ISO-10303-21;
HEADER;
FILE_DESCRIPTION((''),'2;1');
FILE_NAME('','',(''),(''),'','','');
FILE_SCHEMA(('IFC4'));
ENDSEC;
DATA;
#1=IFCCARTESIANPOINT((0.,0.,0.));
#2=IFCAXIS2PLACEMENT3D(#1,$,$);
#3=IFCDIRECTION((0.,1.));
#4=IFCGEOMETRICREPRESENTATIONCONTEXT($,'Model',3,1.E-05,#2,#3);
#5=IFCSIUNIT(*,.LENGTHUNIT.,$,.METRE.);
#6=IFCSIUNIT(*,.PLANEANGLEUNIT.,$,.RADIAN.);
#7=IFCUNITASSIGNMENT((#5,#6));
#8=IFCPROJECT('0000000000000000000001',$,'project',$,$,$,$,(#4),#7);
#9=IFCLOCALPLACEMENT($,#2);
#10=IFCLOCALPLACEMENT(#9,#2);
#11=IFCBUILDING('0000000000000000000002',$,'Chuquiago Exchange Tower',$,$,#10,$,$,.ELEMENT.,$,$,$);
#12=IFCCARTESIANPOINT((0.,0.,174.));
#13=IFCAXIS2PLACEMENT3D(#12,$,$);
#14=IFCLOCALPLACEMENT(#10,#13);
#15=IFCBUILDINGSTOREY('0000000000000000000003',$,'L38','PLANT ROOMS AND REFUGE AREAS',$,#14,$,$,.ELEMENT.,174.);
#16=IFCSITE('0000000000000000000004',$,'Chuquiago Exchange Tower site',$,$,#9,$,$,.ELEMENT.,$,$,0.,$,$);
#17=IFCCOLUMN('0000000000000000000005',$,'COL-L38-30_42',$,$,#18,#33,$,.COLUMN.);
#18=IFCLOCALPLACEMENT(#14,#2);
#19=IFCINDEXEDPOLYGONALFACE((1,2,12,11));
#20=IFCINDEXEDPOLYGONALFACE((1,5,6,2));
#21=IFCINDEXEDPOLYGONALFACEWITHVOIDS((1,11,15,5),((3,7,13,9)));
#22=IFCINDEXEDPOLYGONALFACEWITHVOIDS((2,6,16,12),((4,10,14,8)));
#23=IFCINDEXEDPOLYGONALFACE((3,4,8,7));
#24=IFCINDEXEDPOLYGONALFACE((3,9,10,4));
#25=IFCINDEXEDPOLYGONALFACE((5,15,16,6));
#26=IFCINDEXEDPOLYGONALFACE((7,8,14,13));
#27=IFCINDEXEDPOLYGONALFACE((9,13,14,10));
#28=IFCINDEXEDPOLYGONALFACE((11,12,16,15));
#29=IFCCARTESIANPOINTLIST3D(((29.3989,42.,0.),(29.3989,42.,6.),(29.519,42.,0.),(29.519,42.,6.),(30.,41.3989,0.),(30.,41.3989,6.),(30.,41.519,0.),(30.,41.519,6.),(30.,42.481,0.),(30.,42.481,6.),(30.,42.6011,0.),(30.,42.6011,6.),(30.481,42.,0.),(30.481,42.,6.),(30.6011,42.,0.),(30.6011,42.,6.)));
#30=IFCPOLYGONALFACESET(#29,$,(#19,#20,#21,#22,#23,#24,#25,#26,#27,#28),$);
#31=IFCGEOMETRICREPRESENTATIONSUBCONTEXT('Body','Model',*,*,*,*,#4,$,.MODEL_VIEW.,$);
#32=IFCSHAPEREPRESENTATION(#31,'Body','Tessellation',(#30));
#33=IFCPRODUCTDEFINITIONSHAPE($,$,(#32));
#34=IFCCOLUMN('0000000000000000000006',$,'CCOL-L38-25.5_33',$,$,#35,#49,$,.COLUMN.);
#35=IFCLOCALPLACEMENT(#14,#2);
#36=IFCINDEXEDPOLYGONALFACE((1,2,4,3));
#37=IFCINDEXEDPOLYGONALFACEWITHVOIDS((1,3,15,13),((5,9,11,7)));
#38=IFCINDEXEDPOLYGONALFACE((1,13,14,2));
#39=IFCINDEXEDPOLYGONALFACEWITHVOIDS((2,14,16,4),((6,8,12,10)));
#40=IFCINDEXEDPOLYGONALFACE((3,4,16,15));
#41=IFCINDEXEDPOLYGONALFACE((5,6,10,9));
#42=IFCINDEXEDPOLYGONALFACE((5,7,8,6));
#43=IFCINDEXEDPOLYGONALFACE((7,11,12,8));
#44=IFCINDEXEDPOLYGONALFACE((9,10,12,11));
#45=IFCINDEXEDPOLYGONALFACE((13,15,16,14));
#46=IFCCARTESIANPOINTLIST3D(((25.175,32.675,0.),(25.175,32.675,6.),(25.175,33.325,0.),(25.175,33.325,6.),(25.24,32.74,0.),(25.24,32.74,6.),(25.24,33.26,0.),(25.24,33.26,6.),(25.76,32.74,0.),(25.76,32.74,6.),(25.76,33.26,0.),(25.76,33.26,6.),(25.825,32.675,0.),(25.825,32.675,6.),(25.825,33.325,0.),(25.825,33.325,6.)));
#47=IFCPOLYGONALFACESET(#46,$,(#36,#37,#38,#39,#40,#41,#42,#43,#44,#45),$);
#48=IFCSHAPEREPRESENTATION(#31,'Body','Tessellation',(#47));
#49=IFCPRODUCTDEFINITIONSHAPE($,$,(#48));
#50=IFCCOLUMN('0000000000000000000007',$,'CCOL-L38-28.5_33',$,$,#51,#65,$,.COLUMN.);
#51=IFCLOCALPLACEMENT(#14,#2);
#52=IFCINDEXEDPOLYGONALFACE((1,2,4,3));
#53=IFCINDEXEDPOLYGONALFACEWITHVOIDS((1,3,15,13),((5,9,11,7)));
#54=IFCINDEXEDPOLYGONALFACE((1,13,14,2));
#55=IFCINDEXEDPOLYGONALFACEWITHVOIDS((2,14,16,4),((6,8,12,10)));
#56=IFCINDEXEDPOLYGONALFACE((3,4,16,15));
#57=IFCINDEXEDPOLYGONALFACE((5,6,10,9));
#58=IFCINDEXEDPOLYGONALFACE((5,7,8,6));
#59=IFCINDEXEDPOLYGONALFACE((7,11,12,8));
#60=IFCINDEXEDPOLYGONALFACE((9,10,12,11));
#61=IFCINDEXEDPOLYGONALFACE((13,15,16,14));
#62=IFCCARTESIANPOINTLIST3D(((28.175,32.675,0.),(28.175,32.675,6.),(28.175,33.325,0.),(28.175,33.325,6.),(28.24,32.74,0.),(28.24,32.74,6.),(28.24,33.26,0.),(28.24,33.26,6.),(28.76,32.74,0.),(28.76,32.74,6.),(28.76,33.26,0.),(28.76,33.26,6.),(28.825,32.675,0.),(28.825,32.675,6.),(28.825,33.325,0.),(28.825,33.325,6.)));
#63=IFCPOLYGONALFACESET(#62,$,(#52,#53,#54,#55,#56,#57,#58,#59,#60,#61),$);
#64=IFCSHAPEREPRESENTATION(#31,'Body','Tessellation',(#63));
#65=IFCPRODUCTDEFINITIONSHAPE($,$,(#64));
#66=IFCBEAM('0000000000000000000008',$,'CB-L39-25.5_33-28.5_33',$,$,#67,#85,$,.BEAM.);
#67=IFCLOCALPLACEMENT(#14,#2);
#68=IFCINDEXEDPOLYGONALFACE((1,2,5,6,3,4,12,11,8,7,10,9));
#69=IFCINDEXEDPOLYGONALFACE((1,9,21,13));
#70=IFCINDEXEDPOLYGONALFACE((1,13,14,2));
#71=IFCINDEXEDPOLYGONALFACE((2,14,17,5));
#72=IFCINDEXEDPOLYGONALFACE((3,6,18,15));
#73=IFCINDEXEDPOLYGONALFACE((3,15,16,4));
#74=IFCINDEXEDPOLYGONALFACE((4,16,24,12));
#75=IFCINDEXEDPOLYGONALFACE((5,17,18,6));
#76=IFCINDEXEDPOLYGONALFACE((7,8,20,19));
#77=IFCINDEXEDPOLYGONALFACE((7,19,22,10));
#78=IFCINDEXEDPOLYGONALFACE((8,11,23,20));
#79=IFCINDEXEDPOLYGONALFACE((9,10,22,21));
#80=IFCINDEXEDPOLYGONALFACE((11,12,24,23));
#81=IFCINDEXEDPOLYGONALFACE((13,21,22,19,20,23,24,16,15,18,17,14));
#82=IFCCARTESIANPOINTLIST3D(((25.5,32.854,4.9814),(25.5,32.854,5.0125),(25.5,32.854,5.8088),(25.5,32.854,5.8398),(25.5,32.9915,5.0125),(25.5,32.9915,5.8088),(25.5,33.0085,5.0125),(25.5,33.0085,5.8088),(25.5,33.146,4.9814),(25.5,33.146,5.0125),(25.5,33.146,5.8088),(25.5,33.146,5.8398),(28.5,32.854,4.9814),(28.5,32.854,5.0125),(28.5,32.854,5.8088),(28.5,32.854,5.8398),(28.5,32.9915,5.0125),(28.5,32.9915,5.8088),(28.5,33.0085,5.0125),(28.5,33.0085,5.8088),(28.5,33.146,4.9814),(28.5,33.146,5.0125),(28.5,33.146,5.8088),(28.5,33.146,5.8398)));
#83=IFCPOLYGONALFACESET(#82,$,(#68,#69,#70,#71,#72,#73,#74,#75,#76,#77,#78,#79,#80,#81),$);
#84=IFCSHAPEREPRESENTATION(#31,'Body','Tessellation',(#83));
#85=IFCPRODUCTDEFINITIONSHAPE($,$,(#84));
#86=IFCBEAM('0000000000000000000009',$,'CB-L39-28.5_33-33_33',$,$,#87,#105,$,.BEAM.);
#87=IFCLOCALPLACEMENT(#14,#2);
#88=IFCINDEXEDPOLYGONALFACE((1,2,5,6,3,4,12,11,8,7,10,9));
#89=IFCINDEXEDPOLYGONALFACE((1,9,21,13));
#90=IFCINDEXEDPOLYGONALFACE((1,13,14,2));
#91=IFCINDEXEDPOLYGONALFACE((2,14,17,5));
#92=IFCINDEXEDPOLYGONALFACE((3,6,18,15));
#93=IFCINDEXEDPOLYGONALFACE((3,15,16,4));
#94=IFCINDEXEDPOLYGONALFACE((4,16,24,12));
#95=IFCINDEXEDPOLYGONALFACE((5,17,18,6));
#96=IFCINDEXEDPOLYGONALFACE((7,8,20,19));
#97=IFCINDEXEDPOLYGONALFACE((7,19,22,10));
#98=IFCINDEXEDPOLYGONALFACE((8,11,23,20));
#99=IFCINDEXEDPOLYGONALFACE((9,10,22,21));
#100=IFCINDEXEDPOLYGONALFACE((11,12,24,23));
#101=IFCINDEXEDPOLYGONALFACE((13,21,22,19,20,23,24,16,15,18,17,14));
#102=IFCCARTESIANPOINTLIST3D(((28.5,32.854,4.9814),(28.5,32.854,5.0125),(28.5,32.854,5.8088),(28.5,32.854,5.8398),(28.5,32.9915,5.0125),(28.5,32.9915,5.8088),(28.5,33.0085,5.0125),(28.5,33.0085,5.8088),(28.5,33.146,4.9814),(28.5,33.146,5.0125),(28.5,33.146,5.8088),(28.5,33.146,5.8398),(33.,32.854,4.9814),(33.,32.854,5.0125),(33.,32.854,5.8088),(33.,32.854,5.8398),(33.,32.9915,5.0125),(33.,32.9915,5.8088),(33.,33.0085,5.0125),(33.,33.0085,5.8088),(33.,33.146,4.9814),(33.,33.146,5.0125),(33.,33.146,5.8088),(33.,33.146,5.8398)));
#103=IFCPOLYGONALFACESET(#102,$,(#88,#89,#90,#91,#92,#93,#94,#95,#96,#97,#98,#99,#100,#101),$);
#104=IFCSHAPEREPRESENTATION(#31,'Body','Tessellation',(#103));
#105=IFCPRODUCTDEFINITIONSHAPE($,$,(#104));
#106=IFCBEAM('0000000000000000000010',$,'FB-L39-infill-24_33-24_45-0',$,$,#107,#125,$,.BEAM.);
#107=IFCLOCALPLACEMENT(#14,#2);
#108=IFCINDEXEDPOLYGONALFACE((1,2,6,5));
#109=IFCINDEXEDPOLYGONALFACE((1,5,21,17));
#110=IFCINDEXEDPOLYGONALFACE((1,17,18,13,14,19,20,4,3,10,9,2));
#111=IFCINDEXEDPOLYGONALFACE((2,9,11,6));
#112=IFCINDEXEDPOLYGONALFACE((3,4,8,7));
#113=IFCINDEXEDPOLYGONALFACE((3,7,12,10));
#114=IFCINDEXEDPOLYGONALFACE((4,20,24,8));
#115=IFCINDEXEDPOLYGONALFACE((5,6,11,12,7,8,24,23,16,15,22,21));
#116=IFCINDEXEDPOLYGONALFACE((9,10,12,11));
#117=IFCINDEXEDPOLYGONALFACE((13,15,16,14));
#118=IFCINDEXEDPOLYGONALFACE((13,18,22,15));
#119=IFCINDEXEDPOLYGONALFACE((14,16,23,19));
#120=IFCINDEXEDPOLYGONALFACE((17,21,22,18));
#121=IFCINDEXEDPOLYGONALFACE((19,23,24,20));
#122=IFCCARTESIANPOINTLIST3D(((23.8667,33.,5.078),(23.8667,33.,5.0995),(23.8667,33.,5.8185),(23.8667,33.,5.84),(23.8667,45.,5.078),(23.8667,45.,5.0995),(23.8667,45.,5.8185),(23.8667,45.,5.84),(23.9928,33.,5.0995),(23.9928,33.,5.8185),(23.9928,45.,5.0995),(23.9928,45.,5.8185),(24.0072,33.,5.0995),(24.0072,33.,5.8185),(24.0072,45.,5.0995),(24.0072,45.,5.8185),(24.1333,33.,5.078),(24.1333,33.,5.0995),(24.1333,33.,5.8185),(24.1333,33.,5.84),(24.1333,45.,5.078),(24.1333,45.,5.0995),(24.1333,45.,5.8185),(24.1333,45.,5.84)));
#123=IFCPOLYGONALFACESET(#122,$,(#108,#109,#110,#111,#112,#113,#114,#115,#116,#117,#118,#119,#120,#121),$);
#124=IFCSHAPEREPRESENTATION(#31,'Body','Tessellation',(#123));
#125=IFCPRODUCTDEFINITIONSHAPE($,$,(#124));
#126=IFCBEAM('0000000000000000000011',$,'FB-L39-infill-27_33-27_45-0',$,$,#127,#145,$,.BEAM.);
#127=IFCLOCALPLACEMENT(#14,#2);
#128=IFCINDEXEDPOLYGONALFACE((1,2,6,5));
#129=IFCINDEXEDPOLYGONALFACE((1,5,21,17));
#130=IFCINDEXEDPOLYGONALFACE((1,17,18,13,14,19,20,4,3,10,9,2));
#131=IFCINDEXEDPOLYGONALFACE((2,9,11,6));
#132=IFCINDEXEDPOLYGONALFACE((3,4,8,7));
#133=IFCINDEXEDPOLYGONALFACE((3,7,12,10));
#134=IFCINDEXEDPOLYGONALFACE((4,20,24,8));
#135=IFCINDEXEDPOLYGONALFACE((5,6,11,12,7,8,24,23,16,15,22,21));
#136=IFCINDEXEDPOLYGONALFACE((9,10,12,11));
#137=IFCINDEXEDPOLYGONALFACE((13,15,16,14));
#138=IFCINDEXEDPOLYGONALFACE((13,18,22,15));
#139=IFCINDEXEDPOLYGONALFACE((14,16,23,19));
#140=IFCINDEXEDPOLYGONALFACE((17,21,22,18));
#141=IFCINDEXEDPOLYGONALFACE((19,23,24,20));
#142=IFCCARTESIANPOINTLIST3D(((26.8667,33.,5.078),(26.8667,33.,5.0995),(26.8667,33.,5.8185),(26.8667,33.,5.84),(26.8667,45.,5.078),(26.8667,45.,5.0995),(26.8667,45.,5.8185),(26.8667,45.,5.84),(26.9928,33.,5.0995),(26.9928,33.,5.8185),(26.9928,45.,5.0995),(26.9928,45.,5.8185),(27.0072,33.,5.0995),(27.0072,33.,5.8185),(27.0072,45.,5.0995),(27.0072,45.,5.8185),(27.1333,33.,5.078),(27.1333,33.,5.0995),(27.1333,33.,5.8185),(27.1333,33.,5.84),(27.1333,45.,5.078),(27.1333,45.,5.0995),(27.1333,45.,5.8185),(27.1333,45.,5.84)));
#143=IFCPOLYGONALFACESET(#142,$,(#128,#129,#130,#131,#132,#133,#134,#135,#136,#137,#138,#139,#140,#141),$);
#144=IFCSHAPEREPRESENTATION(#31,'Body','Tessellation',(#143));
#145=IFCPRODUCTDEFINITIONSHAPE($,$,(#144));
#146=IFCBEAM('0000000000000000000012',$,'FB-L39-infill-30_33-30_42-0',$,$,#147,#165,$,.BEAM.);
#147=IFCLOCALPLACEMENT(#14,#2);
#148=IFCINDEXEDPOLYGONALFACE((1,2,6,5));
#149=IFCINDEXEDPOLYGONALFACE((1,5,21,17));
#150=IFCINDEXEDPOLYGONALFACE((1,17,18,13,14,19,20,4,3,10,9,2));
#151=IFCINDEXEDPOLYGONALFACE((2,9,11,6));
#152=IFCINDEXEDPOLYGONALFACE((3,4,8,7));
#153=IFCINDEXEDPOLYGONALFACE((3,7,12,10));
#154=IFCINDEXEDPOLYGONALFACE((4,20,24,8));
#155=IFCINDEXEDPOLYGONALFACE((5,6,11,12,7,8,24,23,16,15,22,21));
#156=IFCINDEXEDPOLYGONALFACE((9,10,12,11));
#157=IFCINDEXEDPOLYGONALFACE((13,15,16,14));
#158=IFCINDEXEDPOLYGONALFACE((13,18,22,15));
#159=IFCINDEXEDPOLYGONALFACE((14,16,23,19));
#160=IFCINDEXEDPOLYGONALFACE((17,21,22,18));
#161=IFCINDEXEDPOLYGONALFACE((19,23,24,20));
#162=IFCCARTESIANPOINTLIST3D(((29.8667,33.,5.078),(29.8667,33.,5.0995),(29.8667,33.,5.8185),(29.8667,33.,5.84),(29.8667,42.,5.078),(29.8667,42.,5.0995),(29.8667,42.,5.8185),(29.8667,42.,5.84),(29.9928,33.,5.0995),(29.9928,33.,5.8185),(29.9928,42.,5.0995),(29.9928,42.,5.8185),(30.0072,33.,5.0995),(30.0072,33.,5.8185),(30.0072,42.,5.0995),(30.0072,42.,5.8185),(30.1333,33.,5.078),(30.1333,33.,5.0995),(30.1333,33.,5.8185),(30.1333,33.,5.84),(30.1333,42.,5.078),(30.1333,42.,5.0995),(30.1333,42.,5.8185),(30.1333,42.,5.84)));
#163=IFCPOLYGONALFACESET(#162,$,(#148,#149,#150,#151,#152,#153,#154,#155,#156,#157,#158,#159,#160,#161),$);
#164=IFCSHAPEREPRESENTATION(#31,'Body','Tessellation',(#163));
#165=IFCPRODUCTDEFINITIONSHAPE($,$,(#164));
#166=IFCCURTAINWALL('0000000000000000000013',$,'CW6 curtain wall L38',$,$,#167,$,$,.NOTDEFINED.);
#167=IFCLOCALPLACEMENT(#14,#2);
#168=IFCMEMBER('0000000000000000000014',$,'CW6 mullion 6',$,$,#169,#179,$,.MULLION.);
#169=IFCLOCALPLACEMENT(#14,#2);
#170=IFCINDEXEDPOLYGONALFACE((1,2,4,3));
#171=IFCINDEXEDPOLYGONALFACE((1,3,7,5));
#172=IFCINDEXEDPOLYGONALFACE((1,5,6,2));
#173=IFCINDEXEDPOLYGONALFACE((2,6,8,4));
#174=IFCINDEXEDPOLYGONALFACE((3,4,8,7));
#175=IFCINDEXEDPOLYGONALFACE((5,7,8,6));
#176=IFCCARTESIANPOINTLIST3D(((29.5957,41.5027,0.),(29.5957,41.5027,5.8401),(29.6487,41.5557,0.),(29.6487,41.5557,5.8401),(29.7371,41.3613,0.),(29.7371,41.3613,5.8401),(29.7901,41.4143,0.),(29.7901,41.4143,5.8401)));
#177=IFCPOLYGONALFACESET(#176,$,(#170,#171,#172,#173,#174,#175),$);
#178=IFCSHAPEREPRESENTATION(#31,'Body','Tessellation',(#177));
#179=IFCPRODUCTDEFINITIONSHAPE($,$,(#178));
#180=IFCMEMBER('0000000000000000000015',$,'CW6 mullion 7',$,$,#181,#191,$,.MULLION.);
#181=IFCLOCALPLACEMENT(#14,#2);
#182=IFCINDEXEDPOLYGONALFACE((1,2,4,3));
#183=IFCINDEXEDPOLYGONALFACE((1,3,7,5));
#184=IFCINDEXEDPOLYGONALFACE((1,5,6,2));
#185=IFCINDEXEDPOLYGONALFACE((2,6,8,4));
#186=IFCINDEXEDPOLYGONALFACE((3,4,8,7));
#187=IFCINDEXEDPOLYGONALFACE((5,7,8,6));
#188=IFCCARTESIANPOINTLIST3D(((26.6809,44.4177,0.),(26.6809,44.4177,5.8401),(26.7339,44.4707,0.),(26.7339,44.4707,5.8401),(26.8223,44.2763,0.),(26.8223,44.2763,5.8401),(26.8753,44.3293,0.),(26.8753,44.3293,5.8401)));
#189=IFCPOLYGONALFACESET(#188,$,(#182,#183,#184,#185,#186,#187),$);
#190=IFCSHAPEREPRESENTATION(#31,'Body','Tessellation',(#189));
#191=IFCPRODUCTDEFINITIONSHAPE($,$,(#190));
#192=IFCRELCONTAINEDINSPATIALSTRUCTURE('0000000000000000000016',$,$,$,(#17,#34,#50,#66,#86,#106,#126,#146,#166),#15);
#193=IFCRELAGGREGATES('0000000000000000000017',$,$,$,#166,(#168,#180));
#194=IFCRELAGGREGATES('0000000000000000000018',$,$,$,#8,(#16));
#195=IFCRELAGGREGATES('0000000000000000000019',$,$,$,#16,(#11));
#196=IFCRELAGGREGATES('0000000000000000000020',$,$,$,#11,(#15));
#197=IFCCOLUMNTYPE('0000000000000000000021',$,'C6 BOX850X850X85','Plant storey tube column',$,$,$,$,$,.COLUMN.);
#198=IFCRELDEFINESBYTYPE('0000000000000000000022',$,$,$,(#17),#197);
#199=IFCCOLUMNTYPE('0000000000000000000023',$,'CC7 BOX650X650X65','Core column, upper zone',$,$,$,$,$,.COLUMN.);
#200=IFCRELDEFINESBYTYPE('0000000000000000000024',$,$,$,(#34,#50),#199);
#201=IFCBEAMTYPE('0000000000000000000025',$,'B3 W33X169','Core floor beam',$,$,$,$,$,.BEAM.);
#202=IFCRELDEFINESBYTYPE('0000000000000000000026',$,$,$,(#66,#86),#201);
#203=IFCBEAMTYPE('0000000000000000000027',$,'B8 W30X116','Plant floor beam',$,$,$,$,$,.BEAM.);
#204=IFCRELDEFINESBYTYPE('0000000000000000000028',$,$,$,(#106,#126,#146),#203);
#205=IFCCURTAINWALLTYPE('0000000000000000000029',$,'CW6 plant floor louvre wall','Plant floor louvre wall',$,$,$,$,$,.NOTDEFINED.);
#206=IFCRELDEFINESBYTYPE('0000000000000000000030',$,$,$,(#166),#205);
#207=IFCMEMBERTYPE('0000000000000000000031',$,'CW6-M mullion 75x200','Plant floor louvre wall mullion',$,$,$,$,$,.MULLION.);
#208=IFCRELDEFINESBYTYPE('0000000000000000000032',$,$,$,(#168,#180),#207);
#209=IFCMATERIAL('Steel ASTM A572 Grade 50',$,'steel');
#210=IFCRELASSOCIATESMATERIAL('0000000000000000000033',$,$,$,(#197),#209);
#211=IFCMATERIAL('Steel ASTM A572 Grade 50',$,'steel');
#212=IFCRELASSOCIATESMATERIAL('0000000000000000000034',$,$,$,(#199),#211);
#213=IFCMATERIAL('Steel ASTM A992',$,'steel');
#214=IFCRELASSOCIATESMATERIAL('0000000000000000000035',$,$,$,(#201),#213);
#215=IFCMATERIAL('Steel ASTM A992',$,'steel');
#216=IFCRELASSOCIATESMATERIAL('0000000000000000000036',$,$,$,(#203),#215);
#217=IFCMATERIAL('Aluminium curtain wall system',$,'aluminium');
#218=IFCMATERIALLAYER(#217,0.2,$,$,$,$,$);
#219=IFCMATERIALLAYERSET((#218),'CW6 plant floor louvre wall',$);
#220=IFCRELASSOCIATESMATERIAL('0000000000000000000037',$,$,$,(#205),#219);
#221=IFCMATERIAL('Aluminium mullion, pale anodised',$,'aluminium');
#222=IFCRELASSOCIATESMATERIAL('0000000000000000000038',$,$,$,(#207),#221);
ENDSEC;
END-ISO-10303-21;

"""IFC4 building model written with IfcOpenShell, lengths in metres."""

from ifc_helpers import new_model, si_unit, direction, frame, origin, origin_2d, place, context, subcontext, project, spatial, rectangle, hollow_rectangle, i_section, extrude, material, layer, layer_set, material_profile, profile_set, type_object, element, aggregate, save


model = new_model("IFC4")

# Units and contexts
model_context = context("Model", 3, precision=1e-05, world=origin(), true_north=direction((0.0, 1.0)))
body_context = subcontext(model_context, "Body", "Model", "MODEL_VIEW")
ifc_project = project(units=[si_unit("LENGTHUNIT", "METRE"), si_unit("PLANEANGLEUNIT", "RADIAN")], contexts=[model_context])

# Site, building, storey
site_placement = place(None, origin())
site = spatial("IfcSite", under=ifc_project, at=site_placement, Name="Chuquiago Exchange Tower site", CompositionType="ELEMENT", RefElevation=0.0)
building_placement = place(site_placement, origin())
building = spatial("IfcBuilding", under=site, at=building_placement, Name="Chuquiago Exchange Tower", CompositionType="ELEMENT")
storey_placement = place(building_placement, frame((0.0, 0.0, 174.0)))
storey = spatial("IfcBuildingStorey", under=building, at=storey_placement, Name="L38", Description="PLANT ROOMS AND REFUGE AREAS", CompositionType="ELEMENT", Elevation=174.0)

# Columns
ifc_material_1 = material(Name="Steel ASTM A572 Grade 50", Category="steel")
ifc_material_profile_1 = material_profile(ifc_material_1, hollow_rectangle(XDim=0.8501, YDim=0.8501, WallThickness=0.085, at=origin_2d()), Name="BOX850X850X85")
ifc_profile_set_1 = profile_set([ifc_material_profile_1], Name="Steel ASTM A572 Grade 50")
column_type_1 = type_object("IfcColumnType", Name="C6 BOX850X850X85", Description="Plant storey tube column", PredefinedType="COLUMN", material=ifc_profile_set_1)
column_placement = place(storey_placement, frame((30.0, 42.0, 0.0), z_axis=(0.0, 0.0, 1.0), x_axis=(0.707107, 0.707107, 0.0)))
element("IfcColumn", 1, at=column_placement, inside=storey, type_object=column_type_1, Name="COL-L38-30_42", PredefinedType="COLUMN", context=body_context, shape_type="SweptSolid", body=[
    extrude(hollow_rectangle(XDim=0.8501, YDim=0.8501, WallThickness=0.085, at=origin_2d()), origin(), (0.0, 0.0, 1.0), 6.0),
])
ifc_material_2 = material(Name="Steel ASTM A572 Grade 50", Category="steel")
ifc_material_profile_2 = material_profile(ifc_material_2, hollow_rectangle(XDim=0.6499, YDim=0.6499, WallThickness=0.0649, at=origin_2d()), Name="BOX650X650X65")
ifc_profile_set_2 = profile_set([ifc_material_profile_2], Name="Steel ASTM A572 Grade 50")
column_type_2 = type_object("IfcColumnType", Name="CC7 BOX650X650X65", Description="Core column, upper zone", PredefinedType="COLUMN", material=ifc_profile_set_2)
for number, where, z_axis, x_axis, name in (
    (2, (25.5, 33.0, 0.0), (0.0, 0.0, 1.0), (1.0, 0.0, 0.0), "CCOL-L38-25.5_33"),
    (3, (28.5, 33.0, 0.0), (0.0, 0.0, 1.0), (1.0, 0.0, 0.0), "CCOL-L38-28.5_33"),
):
    element("IfcColumn", number, at=place(storey_placement, frame(where, z_axis=z_axis, x_axis=x_axis)), inside=storey, type_object=column_type_2, Name=name, PredefinedType="COLUMN", context=body_context, shape_type="SweptSolid", body=[
        extrude(hollow_rectangle(XDim=0.6499, YDim=0.6499, WallThickness=0.0649, at=origin_2d()), origin(), (0.0, 0.0, 1.0), 6.0),
    ])

# Beams
ifc_material_3 = material(Name="Steel ASTM A992", Category="steel")
ifc_material_profile_3 = material_profile(ifc_material_3, i_section(OverallWidth=0.292, OverallDepth=0.8584, WebThickness=0.0171, FlangeThickness=0.031, at=origin_2d()), Name="W33X169")
ifc_profile_set_3 = profile_set([ifc_material_profile_3], Name="Steel ASTM A992")
beam_type_1 = type_object("IfcBeamType", Name="B3 W33X169", Description="Core floor beam", PredefinedType="BEAM", material=ifc_profile_set_3)
beam_1_placement = place(storey_placement, frame((25.5, 33.0, 5.4106), z_axis=(1.0, 0.0, 0.0), x_axis=(0.0, 1.0, 0.0)))
element("IfcBeam", 4, at=beam_1_placement, inside=storey, type_object=beam_type_1, Name="CB-L39-25.5_33-28.5_33", PredefinedType="BEAM", context=body_context, shape_type="SweptSolid", body=[
    extrude(i_section(OverallWidth=0.292, OverallDepth=0.8584, WebThickness=0.0171, FlangeThickness=0.031, at=origin_2d()), origin(), (0.0, 0.0, 1.0), 3.0),
])
beam_2_placement = place(storey_placement, frame((28.5, 33.0, 5.4106), z_axis=(1.0, 0.0, 0.0), x_axis=(0.0, 1.0, 0.0)))
element("IfcBeam", 5, at=beam_2_placement, inside=storey, type_object=beam_type_1, Name="CB-L39-28.5_33-33_33", PredefinedType="BEAM", context=body_context, shape_type="SweptSolid", body=[
    extrude(i_section(OverallWidth=0.292, OverallDepth=0.8584, WebThickness=0.0171, FlangeThickness=0.031, at=origin_2d()), origin(), (0.0, 0.0, 1.0), 4.5),
])
ifc_material_4 = material(Name="Steel ASTM A992", Category="steel")
ifc_material_profile_4 = material_profile(ifc_material_4, i_section(OverallWidth=0.2666, OverallDepth=0.762, WebThickness=0.0144, FlangeThickness=0.0215, at=origin_2d()), Name="W30X116")
ifc_profile_set_4 = profile_set([ifc_material_profile_4], Name="Steel ASTM A992")
beam_type_2 = type_object("IfcBeamType", Name="B8 W30X116", Description="Plant floor beam", PredefinedType="BEAM", material=ifc_profile_set_4)
for number, where, z_axis, x_axis, name in (
    (6, (24.0, 33.0, 5.459), (0.0, 1.0, 0.0), (-1.0, 0.0, 0.0), "FB-L39-infill-24_33-24_45-0"),
    (7, (27.0, 33.0, 5.459), (0.0, 1.0, 0.0), (-1.0, 0.0, 0.0), "FB-L39-infill-27_33-27_45-0"),
):
    element("IfcBeam", number, at=place(storey_placement, frame(where, z_axis=z_axis, x_axis=x_axis)), inside=storey, type_object=beam_type_2, Name=name, PredefinedType="BEAM", context=body_context, shape_type="SweptSolid", body=[
        extrude(i_section(OverallWidth=0.2666, OverallDepth=0.762, WebThickness=0.0144, FlangeThickness=0.0215, at=origin_2d()), origin(), (0.0, 0.0, 1.0), 12.0),
    ])
beam_3_placement = place(storey_placement, frame((30.0, 33.0, 5.459), z_axis=(0.0, 1.0, 0.0), x_axis=(-1.0, 0.0, 0.0)))
element("IfcBeam", 8, at=beam_3_placement, inside=storey, type_object=beam_type_2, Name="FB-L39-infill-30_33-30_42-0", PredefinedType="BEAM", context=body_context, shape_type="SweptSolid", body=[
    extrude(i_section(OverallWidth=0.2666, OverallDepth=0.762, WebThickness=0.0144, FlangeThickness=0.0215, at=origin_2d()), origin(), (0.0, 0.0, 1.0), 9.0),
])

# Curtain wall, members
ifc_material_5 = material(Name="Aluminium curtain wall system", Category="aluminium")
ifc_layer_1 = layer(ifc_material_5, 0.2)
ifc_layer_set_1 = layer_set([ifc_layer_1], Name="CW6 plant floor louvre wall")
curtain_wall_type = type_object("IfcCurtainWallType", Name="CW6 plant floor louvre wall", Description="Plant floor louvre wall", PredefinedType="NOTDEFINED", material=ifc_layer_set_1)
curtain_wall_placement = place(storey_placement, origin())
curtain_wall = element("IfcCurtainWall", 9, at=curtain_wall_placement, inside=storey, type_object=curtain_wall_type, Name="CW6 curtain wall L38", PredefinedType="NOTDEFINED")
ifc_material_6 = material(Name="Aluminium mullion, pale anodised", Category="aluminium")
ifc_material_profile_5 = material_profile(ifc_material_6, rectangle(XDim=0.075, YDim=0.2, at=origin_2d()), Name="AL 75x200")
ifc_profile_set_5 = profile_set([ifc_material_profile_5], Name="Aluminium mullion, pale anodised")
member_type_1 = type_object("IfcMemberType", Name="CW6-M mullion 75x200", Description="Plant floor louvre wall mullion", PredefinedType="MULLION", material=ifc_profile_set_5)
member_1_placement = place(storey_placement, frame((29.6929, 41.4585, 0.0), z_axis=(0.0, 0.0, 1.0), x_axis=(-0.707107, -0.707107, 0.0)))
member_1 = element("IfcMember", 10, at=member_1_placement, type_object=member_type_1, Name="CW6 mullion 6", PredefinedType="MULLION", context=body_context, shape_type="SweptSolid", body=[
    extrude(rectangle(XDim=0.075, YDim=0.2, at=origin_2d()), origin(), (0.0, 0.0, 1.0), 5.8401),
])
member_2_placement = place(storey_placement, frame((26.7781, 44.3735, 0.0), z_axis=(0.0, 0.0, 1.0), x_axis=(-0.707107, -0.707107, 0.0)))
member_2 = element("IfcMember", 11, at=member_2_placement, type_object=member_type_1, Name="CW6 mullion 7", PredefinedType="MULLION", context=body_context, shape_type="SweptSolid", body=[
    extrude(rectangle(XDim=0.075, YDim=0.2, at=origin_2d()), origin(), (0.0, 0.0, 1.0), 5.8401),
])

aggregate(curtain_wall, [member_1, member_2])

save(model, "model.ifc")
